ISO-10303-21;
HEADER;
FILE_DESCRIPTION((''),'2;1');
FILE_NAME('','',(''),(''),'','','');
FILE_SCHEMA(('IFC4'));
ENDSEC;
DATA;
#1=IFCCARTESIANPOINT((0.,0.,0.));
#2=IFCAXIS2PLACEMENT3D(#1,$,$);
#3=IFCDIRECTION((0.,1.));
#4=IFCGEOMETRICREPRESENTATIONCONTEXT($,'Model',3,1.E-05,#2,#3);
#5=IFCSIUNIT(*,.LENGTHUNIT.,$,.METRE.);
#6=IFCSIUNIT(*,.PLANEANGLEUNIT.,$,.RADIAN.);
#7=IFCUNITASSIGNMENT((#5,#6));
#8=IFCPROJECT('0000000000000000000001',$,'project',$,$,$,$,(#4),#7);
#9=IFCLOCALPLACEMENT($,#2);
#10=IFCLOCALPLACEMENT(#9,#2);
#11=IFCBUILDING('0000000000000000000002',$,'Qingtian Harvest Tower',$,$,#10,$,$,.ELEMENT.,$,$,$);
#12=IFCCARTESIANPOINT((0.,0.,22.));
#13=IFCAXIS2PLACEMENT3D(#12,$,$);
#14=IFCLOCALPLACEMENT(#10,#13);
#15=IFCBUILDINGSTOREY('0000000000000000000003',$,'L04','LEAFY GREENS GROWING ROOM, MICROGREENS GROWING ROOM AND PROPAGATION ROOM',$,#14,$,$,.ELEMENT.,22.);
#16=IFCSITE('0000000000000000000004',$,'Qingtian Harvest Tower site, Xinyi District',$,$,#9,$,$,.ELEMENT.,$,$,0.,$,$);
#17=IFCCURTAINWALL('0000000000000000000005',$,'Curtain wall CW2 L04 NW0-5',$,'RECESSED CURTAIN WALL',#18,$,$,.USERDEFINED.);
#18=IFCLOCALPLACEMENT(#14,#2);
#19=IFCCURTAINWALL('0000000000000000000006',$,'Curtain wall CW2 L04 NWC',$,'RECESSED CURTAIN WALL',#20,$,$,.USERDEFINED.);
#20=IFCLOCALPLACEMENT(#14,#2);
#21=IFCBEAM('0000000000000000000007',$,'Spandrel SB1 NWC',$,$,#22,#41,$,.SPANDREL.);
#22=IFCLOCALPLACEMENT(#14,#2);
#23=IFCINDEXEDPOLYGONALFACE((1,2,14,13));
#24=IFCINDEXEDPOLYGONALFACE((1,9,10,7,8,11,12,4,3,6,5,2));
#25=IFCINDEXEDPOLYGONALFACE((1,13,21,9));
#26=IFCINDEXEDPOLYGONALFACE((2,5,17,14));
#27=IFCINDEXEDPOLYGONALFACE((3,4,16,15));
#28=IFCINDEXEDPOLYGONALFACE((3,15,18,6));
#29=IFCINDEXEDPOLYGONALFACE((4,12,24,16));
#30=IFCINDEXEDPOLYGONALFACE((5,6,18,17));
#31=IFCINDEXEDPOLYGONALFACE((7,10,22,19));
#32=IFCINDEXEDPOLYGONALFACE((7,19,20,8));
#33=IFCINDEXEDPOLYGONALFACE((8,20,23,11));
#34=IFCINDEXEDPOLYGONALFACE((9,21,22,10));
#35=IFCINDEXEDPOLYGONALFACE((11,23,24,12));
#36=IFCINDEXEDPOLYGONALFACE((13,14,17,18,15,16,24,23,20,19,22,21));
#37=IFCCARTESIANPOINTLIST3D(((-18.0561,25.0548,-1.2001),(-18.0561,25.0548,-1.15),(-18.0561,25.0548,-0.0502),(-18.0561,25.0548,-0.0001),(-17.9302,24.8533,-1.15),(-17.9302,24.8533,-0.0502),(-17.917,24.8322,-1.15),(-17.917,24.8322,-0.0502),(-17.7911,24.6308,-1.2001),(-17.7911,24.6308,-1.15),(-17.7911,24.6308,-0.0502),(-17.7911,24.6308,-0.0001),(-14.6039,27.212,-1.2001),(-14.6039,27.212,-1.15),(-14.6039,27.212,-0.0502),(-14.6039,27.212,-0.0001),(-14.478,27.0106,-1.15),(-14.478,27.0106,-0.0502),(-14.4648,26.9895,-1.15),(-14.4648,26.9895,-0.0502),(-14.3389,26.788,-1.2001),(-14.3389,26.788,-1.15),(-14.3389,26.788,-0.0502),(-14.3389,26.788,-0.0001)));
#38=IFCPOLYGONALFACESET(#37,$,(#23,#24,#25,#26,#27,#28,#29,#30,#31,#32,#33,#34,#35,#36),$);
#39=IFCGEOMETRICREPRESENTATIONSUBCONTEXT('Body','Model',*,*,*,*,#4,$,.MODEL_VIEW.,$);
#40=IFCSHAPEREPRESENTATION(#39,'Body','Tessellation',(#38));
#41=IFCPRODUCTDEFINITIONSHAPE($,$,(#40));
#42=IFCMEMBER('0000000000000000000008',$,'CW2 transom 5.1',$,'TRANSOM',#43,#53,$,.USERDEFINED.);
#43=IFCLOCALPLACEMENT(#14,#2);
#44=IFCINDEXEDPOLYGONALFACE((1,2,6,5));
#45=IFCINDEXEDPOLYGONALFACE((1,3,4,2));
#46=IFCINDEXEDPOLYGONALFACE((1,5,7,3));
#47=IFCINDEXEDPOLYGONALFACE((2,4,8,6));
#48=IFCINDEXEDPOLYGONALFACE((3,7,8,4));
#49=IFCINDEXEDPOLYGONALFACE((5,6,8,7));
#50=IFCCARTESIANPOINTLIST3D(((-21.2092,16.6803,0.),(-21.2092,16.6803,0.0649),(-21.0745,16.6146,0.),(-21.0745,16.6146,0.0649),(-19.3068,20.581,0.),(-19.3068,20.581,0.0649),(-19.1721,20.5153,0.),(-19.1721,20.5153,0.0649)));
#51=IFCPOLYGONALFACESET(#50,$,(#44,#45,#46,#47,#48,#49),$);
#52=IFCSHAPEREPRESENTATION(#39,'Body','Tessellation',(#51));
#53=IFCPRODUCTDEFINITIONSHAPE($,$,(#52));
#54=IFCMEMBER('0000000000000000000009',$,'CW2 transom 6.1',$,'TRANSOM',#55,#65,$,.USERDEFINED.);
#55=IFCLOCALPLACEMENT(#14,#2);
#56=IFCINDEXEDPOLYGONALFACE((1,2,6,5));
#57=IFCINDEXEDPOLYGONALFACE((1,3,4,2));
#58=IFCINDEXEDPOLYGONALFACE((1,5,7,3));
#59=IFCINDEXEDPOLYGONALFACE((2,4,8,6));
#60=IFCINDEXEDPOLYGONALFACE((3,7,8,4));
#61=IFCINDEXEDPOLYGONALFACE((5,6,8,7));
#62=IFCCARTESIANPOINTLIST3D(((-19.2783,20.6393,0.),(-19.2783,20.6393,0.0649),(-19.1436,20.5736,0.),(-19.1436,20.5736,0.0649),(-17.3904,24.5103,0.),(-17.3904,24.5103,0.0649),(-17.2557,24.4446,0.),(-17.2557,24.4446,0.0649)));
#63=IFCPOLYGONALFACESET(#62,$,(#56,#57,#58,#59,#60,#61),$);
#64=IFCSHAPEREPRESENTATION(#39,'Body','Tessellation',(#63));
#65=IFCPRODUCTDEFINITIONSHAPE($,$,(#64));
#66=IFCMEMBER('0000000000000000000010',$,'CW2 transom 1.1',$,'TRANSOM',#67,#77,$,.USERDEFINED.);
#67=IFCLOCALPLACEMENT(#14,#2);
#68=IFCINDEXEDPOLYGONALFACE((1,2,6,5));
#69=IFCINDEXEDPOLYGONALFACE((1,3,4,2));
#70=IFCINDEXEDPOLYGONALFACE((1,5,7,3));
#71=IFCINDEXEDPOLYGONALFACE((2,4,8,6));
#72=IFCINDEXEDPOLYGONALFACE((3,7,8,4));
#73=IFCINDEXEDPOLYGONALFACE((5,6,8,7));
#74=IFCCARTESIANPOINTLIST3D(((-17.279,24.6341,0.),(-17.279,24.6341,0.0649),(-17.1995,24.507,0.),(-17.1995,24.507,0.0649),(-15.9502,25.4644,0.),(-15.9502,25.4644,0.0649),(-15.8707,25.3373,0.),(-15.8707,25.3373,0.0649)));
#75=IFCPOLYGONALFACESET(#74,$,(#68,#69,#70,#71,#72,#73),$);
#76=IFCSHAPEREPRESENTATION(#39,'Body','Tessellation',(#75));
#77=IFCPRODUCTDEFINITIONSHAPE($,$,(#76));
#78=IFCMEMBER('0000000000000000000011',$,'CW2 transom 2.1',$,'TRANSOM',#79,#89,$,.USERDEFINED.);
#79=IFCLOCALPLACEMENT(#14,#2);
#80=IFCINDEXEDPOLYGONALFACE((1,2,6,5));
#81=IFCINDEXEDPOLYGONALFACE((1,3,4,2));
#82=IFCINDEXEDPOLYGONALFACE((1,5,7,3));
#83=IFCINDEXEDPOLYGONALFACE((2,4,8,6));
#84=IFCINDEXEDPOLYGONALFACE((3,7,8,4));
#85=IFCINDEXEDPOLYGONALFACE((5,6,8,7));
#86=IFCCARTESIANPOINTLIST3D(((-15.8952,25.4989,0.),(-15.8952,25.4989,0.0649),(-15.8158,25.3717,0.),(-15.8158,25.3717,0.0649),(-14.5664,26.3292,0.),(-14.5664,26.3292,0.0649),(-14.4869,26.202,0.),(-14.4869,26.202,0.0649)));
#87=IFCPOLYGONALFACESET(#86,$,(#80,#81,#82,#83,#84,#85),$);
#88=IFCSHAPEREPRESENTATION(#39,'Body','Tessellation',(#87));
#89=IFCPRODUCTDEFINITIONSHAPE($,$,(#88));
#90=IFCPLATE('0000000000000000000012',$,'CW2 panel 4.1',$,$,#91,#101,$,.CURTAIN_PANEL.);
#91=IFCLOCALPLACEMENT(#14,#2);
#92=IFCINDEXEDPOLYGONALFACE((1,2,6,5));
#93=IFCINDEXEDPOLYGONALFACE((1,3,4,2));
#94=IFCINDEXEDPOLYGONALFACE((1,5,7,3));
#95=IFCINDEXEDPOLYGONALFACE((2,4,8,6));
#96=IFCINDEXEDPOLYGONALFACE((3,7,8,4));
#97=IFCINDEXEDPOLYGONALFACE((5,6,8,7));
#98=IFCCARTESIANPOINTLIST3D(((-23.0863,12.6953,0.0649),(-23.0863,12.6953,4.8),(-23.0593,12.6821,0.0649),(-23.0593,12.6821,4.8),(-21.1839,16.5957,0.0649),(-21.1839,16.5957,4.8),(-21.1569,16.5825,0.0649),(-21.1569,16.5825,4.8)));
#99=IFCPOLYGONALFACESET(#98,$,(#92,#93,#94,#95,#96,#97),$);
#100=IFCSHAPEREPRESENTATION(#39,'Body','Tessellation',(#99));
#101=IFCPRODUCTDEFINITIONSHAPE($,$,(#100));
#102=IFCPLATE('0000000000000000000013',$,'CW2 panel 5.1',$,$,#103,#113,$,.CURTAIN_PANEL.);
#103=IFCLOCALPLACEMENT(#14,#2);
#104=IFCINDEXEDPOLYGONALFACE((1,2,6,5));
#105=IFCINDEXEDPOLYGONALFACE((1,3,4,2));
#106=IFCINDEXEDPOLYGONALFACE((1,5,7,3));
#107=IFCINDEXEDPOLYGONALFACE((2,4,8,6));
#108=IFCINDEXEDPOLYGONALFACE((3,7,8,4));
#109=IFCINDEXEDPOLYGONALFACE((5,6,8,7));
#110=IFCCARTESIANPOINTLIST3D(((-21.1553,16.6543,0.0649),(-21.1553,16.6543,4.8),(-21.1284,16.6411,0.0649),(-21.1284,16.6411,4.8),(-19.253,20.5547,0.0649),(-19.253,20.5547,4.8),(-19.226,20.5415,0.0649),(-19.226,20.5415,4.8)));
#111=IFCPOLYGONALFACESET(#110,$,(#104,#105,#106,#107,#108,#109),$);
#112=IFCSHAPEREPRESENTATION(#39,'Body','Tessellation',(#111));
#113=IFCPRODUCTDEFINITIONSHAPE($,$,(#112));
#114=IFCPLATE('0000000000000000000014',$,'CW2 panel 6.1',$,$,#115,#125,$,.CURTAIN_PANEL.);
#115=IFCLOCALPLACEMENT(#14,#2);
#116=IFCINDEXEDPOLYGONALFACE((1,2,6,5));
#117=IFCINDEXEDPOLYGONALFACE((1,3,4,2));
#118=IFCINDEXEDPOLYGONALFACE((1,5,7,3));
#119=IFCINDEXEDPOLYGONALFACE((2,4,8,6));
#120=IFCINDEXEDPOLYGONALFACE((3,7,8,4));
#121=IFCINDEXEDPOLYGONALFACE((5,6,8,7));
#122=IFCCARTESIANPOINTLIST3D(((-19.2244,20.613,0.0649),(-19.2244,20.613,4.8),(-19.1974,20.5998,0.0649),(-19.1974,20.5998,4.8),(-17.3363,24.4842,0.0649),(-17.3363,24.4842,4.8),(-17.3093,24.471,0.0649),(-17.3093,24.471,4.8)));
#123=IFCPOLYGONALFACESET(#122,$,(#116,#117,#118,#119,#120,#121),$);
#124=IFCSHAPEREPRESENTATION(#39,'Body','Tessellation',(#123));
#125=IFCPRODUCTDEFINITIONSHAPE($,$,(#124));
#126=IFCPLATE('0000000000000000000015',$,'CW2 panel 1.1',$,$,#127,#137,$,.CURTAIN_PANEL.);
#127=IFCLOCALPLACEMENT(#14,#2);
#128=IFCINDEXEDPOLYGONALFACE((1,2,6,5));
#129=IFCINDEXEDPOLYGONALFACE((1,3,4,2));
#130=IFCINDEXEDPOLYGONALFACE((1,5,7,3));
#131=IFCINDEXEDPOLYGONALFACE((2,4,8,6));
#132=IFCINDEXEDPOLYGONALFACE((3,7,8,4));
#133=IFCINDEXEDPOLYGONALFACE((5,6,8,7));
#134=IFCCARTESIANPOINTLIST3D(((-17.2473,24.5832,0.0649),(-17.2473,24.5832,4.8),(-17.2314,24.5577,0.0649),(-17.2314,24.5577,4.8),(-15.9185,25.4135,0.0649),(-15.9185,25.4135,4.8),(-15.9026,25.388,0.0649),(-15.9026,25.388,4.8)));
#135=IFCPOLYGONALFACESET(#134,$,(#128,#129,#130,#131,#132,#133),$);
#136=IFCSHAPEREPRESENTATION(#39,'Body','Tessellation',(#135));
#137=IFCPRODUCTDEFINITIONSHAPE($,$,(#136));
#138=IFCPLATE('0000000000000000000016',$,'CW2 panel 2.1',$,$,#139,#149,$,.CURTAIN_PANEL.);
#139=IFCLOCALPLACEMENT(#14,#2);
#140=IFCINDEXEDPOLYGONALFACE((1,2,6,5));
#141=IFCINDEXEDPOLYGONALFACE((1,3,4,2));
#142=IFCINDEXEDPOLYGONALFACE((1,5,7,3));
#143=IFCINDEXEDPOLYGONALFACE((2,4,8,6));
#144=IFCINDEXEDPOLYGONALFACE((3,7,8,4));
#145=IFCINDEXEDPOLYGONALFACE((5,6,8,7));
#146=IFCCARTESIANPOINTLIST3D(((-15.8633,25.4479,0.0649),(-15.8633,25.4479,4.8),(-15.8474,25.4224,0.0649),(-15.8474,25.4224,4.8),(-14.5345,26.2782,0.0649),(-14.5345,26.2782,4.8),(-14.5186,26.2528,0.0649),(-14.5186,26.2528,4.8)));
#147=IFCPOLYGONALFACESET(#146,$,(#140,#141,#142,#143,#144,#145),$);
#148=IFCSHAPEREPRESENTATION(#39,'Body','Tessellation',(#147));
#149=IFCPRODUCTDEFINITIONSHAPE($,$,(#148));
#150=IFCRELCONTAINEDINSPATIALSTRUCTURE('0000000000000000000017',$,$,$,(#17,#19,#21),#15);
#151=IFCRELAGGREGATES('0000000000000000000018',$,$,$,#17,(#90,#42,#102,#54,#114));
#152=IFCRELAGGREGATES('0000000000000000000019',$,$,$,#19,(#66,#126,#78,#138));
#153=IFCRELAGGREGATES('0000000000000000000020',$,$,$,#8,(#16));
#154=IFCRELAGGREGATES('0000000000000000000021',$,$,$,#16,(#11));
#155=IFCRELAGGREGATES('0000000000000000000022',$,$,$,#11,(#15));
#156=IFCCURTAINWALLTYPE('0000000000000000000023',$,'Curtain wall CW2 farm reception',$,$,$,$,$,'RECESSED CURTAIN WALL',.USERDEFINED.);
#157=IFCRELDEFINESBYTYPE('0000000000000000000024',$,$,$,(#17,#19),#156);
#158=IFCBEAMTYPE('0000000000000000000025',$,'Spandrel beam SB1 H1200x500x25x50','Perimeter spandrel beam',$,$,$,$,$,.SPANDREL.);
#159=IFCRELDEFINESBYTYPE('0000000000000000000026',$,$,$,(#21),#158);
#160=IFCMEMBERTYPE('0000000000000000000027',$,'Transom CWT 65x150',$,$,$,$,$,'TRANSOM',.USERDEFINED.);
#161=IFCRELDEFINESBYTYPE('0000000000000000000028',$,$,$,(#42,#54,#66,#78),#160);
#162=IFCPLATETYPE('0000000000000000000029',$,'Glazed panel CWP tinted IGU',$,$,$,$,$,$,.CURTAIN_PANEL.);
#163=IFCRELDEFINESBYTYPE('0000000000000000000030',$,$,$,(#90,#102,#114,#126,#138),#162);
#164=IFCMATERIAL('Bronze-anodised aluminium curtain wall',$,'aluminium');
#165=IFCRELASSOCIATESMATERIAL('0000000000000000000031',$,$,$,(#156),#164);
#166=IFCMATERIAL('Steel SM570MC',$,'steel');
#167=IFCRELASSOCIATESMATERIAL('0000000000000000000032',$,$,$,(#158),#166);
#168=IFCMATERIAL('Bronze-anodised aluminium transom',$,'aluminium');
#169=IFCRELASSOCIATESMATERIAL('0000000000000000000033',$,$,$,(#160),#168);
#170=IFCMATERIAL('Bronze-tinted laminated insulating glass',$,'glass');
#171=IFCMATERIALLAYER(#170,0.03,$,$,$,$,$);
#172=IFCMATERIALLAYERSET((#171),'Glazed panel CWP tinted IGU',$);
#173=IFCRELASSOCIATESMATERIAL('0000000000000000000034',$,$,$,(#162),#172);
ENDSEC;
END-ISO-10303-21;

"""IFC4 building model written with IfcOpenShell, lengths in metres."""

from ifc_helpers import new_model, si_unit, direction, frame, origin, origin_2d, place, context, subcontext, project, spatial, rectangle, i_section, extrude, material, layer, layer_set, material_profile, profile_set, type_object, element, aggregate, save


model = new_model("IFC4")

# Units and contexts
model_context = context("Model", 3, precision=1e-05, world=origin(), true_north=direction((0.0, 1.0)))
body_context = subcontext(model_context, "Body", "Model", "MODEL_VIEW")
ifc_project = project(units=[si_unit("LENGTHUNIT", "METRE"), si_unit("PLANEANGLEUNIT", "RADIAN")], contexts=[model_context])

# Site, building, storey
site_placement = place(None, origin())
site = spatial("IfcSite", under=ifc_project, at=site_placement, Name="Qingtian Harvest Tower site, Xinyi District", CompositionType="ELEMENT", RefElevation=0.0)
building_placement = place(site_placement, origin())
building = spatial("IfcBuilding", under=site, at=building_placement, Name="Qingtian Harvest Tower", CompositionType="ELEMENT")
storey_placement = place(building_placement, frame((0.0, 0.0, 22.0)))
storey = spatial("IfcBuildingStorey", under=building, at=storey_placement, Name="L04", Description="LEAFY GREENS GROWING ROOM, MICROGREENS GROWING ROOM AND PROPAGATION ROOM", CompositionType="ELEMENT", Elevation=22.0)

# Curtain walls
ifc_material_1 = material(Name="Bronze-anodised aluminium curtain wall", Category="aluminium")
curtain_wall_type = type_object("IfcCurtainWallType", Name="Curtain wall CW2 farm reception", ElementType="RECESSED CURTAIN WALL", PredefinedType="USERDEFINED", material=ifc_material_1)
curtain_wall_1_placement = place(storey_placement, origin())
curtain_wall_1 = element("IfcCurtainWall", 1, at=curtain_wall_1_placement, inside=storey, type_object=curtain_wall_type, Name="Curtain wall CW2 L04 NW0-5", ObjectType="RECESSED CURTAIN WALL", PredefinedType="USERDEFINED")
curtain_wall_2_placement = place(storey_placement, origin())
curtain_wall_2 = element("IfcCurtainWall", 2, at=curtain_wall_2_placement, inside=storey, type_object=curtain_wall_type, Name="Curtain wall CW2 L04 NWC", ObjectType="RECESSED CURTAIN WALL", PredefinedType="USERDEFINED")

# Beam
ifc_material_2 = material(Name="Steel SM570MC", Category="steel")
ifc_material_profile_1 = material_profile(ifc_material_2, i_section(OverallWidth=0.5, OverallDepth=1.2, WebThickness=0.0249, FlangeThickness=0.05, at=origin_2d()), Name="H1200x500x25x50")
ifc_profile_set_1 = profile_set([ifc_material_profile_1], Name="Steel SM570MC")
beam_type_1 = type_object("IfcBeamType", Name="Spandrel beam SB1 H1200x500x25x50", Description="Perimeter spandrel beam", PredefinedType="SPANDREL", material=ifc_profile_set_1)
beam_1_placement = place(storey_placement, frame((-17.9236, 24.8428, -0.6001), z_axis=(0.848039, 0.529934, 0.0), x_axis=(-0.529934, 0.848039, 0.0)))
element("IfcBeam", 3, at=beam_1_placement, inside=storey, type_object=beam_type_1, Name="Spandrel SB1 NWC", PredefinedType="SPANDREL", context=body_context, shape_type="SweptSolid", body=[
    extrude(i_section(OverallWidth=0.5, OverallDepth=1.2, WebThickness=0.0249, FlangeThickness=0.05, at=origin_2d()), origin(), (0.0, 0.0, 1.0), 4.0708),
])

# Members
ifc_material_3 = material(Name="Bronze-anodised aluminium transom", Category="aluminium")
ifc_material_profile_2 = material_profile(ifc_material_3, rectangle(XDim=0.1499, YDim=0.0649, at=origin_2d()), Name="AL 65x150")
ifc_profile_set_2 = profile_set([ifc_material_profile_2], Name="Bronze-anodised aluminium transom")
member_type_1 = type_object("IfcMemberType", Name="Transom CWT 65x150", ElementType="TRANSOM", PredefinedType="USERDEFINED", material=ifc_profile_set_2)
member_1_placement = place(storey_placement, frame((-21.1418, 16.6475, 0.0325), z_axis=(0.438348, 0.898805, 0.0), x_axis=(-0.898805, 0.438348, 0.0)))
member_1 = element("IfcMember", 4, at=member_1_placement, type_object=member_type_1, Name="CW2 transom 5.1", ObjectType="TRANSOM", PredefinedType="USERDEFINED", context=body_context, shape_type="SweptSolid", body=[
    extrude(rectangle(XDim=0.1499, YDim=0.0649, at=origin_2d()), origin(), (0.0, 0.0, 1.0), 4.3398),
])
member_2_placement = place(storey_placement, frame((-19.2109, 20.6064, 0.0325), z_axis=(0.438349, 0.898805, 0.0), x_axis=(-0.898805, 0.438349, 0.0)))
member_2 = element("IfcMember", 5, at=member_2_placement, type_object=member_type_1, Name="CW2 transom 6.1", ObjectType="TRANSOM", PredefinedType="USERDEFINED", context=body_context, shape_type="SweptSolid", body=[
    extrude(rectangle(XDim=0.1499, YDim=0.0649, at=origin_2d()), origin(), (0.0, 0.0, 1.0), 4.3069),
])
member_3_placement = place(storey_placement, frame((-17.2393, 24.5706, 0.0325), z_axis=(0.84806, 0.529901, 0.0), x_axis=(-0.529901, 0.84806, 0.0)))
member_3 = element("IfcMember", 6, at=member_3_placement, type_object=member_type_1, Name="CW2 transom 1.1", ObjectType="TRANSOM", PredefinedType="USERDEFINED", context=body_context, shape_type="SweptSolid", body=[
    extrude(rectangle(XDim=0.1499, YDim=0.0649, at=origin_2d()), origin(), (0.0, 0.0, 1.0), 1.5669),
])
member_4_placement = place(storey_placement, frame((-15.8555, 25.4353, 0.0325), z_axis=(0.84806, 0.529901, 0.0), x_axis=(-0.529901, 0.84806, 0.0)))
member_4 = element("IfcMember", 7, at=member_4_placement, type_object=member_type_1, Name="CW2 transom 2.1", ObjectType="TRANSOM", PredefinedType="USERDEFINED", context=body_context, shape_type="SweptSolid", body=[
    extrude(rectangle(XDim=0.1499, YDim=0.0649, at=origin_2d()), origin(), (0.0, 0.0, 1.0), 1.5669),
])

# Plates
ifc_material_4 = material(Name="Bronze-tinted laminated insulating glass", Category="glass")
ifc_layer = layer(ifc_material_4, 0.03)
ifc_layer_set = layer_set([ifc_layer], Name="Glazed panel CWP tinted IGU")
plate_type = type_object("IfcPlateType", Name="Glazed panel CWP tinted IGU", PredefinedType="CURTAIN_PANEL", material=ifc_layer_set)
plate_1_placement = place(storey_placement, frame((-22.1216, 14.6389, 0.0649), z_axis=(0.0, 0.0, 1.0), x_axis=(0.438371, 0.898794, 0.0)))
plate_1 = element("IfcPlate", 8, at=plate_1_placement, type_object=plate_type, Name="CW2 panel 4.1", PredefinedType="CURTAIN_PANEL", context=body_context, shape_type="SweptSolid", body=[
    extrude(rectangle(XDim=4.3396, YDim=0.03, at=origin_2d()), origin(), (0.0, 0.0, 1.0), 4.7351),
])
plate_2_placement = place(storey_placement, frame((-20.1907, 18.5979, 0.0649), z_axis=(0.0, 0.0, 1.0), x_axis=(0.438371, 0.898794, 0.0)))
plate_2 = element("IfcPlate", 9, at=plate_2_placement, type_object=plate_type, Name="CW2 panel 5.1", PredefinedType="CURTAIN_PANEL", context=body_context, shape_type="SweptSolid", body=[
    extrude(rectangle(XDim=4.3396, YDim=0.03, at=origin_2d()), origin(), (0.0, 0.0, 1.0), 4.7351),
])
plate_3_placement = place(storey_placement, frame((-18.2668, 22.542, 0.0649), z_axis=(0.0, 0.0, 1.0), x_axis=(0.438371, 0.898794, 0.0)))
plate_3 = element("IfcPlate", 10, at=plate_3_placement, type_object=plate_type, Name="CW2 panel 6.1", PredefinedType="CURTAIN_PANEL", context=body_context, shape_type="SweptSolid", body=[
    extrude(rectangle(XDim=4.3071, YDim=0.03, at=origin_2d()), origin(), (0.0, 0.0, 1.0), 4.7351),
])
aggregate(curtain_wall_1, [plate_1, member_1, plate_2, member_2, plate_3])
plate_4_placement = place(storey_placement, frame((-16.575, 24.9856, 0.0649), z_axis=(0.0, 0.0, 1.0), x_axis=(0.848048, 0.529919, 0.0)))
plate_4 = element("IfcPlate", 11, at=plate_4_placement, type_object=plate_type, Name="CW2 panel 1.1", PredefinedType="CURTAIN_PANEL", context=body_context, shape_type="SweptSolid", body=[
    extrude(rectangle(XDim=1.5669, YDim=0.03, at=origin_2d()), origin(), (0.0, 0.0, 1.0), 4.7351),
])
plate_5_placement = place(storey_placement, frame((-15.1909, 25.8503, 0.0649), z_axis=(0.0, 0.0, 1.0), x_axis=(0.848048, 0.529919, 0.0)))
plate_5 = element("IfcPlate", 12, at=plate_5_placement, type_object=plate_type, Name="CW2 panel 2.1", PredefinedType="CURTAIN_PANEL", context=body_context, shape_type="SweptSolid", body=[
    extrude(rectangle(XDim=1.5669, YDim=0.03, at=origin_2d()), origin(), (0.0, 0.0, 1.0), 4.7351),
])
aggregate(curtain_wall_2, [member_3, plate_4, member_4, plate_5])

save(model, "model.ifc")
